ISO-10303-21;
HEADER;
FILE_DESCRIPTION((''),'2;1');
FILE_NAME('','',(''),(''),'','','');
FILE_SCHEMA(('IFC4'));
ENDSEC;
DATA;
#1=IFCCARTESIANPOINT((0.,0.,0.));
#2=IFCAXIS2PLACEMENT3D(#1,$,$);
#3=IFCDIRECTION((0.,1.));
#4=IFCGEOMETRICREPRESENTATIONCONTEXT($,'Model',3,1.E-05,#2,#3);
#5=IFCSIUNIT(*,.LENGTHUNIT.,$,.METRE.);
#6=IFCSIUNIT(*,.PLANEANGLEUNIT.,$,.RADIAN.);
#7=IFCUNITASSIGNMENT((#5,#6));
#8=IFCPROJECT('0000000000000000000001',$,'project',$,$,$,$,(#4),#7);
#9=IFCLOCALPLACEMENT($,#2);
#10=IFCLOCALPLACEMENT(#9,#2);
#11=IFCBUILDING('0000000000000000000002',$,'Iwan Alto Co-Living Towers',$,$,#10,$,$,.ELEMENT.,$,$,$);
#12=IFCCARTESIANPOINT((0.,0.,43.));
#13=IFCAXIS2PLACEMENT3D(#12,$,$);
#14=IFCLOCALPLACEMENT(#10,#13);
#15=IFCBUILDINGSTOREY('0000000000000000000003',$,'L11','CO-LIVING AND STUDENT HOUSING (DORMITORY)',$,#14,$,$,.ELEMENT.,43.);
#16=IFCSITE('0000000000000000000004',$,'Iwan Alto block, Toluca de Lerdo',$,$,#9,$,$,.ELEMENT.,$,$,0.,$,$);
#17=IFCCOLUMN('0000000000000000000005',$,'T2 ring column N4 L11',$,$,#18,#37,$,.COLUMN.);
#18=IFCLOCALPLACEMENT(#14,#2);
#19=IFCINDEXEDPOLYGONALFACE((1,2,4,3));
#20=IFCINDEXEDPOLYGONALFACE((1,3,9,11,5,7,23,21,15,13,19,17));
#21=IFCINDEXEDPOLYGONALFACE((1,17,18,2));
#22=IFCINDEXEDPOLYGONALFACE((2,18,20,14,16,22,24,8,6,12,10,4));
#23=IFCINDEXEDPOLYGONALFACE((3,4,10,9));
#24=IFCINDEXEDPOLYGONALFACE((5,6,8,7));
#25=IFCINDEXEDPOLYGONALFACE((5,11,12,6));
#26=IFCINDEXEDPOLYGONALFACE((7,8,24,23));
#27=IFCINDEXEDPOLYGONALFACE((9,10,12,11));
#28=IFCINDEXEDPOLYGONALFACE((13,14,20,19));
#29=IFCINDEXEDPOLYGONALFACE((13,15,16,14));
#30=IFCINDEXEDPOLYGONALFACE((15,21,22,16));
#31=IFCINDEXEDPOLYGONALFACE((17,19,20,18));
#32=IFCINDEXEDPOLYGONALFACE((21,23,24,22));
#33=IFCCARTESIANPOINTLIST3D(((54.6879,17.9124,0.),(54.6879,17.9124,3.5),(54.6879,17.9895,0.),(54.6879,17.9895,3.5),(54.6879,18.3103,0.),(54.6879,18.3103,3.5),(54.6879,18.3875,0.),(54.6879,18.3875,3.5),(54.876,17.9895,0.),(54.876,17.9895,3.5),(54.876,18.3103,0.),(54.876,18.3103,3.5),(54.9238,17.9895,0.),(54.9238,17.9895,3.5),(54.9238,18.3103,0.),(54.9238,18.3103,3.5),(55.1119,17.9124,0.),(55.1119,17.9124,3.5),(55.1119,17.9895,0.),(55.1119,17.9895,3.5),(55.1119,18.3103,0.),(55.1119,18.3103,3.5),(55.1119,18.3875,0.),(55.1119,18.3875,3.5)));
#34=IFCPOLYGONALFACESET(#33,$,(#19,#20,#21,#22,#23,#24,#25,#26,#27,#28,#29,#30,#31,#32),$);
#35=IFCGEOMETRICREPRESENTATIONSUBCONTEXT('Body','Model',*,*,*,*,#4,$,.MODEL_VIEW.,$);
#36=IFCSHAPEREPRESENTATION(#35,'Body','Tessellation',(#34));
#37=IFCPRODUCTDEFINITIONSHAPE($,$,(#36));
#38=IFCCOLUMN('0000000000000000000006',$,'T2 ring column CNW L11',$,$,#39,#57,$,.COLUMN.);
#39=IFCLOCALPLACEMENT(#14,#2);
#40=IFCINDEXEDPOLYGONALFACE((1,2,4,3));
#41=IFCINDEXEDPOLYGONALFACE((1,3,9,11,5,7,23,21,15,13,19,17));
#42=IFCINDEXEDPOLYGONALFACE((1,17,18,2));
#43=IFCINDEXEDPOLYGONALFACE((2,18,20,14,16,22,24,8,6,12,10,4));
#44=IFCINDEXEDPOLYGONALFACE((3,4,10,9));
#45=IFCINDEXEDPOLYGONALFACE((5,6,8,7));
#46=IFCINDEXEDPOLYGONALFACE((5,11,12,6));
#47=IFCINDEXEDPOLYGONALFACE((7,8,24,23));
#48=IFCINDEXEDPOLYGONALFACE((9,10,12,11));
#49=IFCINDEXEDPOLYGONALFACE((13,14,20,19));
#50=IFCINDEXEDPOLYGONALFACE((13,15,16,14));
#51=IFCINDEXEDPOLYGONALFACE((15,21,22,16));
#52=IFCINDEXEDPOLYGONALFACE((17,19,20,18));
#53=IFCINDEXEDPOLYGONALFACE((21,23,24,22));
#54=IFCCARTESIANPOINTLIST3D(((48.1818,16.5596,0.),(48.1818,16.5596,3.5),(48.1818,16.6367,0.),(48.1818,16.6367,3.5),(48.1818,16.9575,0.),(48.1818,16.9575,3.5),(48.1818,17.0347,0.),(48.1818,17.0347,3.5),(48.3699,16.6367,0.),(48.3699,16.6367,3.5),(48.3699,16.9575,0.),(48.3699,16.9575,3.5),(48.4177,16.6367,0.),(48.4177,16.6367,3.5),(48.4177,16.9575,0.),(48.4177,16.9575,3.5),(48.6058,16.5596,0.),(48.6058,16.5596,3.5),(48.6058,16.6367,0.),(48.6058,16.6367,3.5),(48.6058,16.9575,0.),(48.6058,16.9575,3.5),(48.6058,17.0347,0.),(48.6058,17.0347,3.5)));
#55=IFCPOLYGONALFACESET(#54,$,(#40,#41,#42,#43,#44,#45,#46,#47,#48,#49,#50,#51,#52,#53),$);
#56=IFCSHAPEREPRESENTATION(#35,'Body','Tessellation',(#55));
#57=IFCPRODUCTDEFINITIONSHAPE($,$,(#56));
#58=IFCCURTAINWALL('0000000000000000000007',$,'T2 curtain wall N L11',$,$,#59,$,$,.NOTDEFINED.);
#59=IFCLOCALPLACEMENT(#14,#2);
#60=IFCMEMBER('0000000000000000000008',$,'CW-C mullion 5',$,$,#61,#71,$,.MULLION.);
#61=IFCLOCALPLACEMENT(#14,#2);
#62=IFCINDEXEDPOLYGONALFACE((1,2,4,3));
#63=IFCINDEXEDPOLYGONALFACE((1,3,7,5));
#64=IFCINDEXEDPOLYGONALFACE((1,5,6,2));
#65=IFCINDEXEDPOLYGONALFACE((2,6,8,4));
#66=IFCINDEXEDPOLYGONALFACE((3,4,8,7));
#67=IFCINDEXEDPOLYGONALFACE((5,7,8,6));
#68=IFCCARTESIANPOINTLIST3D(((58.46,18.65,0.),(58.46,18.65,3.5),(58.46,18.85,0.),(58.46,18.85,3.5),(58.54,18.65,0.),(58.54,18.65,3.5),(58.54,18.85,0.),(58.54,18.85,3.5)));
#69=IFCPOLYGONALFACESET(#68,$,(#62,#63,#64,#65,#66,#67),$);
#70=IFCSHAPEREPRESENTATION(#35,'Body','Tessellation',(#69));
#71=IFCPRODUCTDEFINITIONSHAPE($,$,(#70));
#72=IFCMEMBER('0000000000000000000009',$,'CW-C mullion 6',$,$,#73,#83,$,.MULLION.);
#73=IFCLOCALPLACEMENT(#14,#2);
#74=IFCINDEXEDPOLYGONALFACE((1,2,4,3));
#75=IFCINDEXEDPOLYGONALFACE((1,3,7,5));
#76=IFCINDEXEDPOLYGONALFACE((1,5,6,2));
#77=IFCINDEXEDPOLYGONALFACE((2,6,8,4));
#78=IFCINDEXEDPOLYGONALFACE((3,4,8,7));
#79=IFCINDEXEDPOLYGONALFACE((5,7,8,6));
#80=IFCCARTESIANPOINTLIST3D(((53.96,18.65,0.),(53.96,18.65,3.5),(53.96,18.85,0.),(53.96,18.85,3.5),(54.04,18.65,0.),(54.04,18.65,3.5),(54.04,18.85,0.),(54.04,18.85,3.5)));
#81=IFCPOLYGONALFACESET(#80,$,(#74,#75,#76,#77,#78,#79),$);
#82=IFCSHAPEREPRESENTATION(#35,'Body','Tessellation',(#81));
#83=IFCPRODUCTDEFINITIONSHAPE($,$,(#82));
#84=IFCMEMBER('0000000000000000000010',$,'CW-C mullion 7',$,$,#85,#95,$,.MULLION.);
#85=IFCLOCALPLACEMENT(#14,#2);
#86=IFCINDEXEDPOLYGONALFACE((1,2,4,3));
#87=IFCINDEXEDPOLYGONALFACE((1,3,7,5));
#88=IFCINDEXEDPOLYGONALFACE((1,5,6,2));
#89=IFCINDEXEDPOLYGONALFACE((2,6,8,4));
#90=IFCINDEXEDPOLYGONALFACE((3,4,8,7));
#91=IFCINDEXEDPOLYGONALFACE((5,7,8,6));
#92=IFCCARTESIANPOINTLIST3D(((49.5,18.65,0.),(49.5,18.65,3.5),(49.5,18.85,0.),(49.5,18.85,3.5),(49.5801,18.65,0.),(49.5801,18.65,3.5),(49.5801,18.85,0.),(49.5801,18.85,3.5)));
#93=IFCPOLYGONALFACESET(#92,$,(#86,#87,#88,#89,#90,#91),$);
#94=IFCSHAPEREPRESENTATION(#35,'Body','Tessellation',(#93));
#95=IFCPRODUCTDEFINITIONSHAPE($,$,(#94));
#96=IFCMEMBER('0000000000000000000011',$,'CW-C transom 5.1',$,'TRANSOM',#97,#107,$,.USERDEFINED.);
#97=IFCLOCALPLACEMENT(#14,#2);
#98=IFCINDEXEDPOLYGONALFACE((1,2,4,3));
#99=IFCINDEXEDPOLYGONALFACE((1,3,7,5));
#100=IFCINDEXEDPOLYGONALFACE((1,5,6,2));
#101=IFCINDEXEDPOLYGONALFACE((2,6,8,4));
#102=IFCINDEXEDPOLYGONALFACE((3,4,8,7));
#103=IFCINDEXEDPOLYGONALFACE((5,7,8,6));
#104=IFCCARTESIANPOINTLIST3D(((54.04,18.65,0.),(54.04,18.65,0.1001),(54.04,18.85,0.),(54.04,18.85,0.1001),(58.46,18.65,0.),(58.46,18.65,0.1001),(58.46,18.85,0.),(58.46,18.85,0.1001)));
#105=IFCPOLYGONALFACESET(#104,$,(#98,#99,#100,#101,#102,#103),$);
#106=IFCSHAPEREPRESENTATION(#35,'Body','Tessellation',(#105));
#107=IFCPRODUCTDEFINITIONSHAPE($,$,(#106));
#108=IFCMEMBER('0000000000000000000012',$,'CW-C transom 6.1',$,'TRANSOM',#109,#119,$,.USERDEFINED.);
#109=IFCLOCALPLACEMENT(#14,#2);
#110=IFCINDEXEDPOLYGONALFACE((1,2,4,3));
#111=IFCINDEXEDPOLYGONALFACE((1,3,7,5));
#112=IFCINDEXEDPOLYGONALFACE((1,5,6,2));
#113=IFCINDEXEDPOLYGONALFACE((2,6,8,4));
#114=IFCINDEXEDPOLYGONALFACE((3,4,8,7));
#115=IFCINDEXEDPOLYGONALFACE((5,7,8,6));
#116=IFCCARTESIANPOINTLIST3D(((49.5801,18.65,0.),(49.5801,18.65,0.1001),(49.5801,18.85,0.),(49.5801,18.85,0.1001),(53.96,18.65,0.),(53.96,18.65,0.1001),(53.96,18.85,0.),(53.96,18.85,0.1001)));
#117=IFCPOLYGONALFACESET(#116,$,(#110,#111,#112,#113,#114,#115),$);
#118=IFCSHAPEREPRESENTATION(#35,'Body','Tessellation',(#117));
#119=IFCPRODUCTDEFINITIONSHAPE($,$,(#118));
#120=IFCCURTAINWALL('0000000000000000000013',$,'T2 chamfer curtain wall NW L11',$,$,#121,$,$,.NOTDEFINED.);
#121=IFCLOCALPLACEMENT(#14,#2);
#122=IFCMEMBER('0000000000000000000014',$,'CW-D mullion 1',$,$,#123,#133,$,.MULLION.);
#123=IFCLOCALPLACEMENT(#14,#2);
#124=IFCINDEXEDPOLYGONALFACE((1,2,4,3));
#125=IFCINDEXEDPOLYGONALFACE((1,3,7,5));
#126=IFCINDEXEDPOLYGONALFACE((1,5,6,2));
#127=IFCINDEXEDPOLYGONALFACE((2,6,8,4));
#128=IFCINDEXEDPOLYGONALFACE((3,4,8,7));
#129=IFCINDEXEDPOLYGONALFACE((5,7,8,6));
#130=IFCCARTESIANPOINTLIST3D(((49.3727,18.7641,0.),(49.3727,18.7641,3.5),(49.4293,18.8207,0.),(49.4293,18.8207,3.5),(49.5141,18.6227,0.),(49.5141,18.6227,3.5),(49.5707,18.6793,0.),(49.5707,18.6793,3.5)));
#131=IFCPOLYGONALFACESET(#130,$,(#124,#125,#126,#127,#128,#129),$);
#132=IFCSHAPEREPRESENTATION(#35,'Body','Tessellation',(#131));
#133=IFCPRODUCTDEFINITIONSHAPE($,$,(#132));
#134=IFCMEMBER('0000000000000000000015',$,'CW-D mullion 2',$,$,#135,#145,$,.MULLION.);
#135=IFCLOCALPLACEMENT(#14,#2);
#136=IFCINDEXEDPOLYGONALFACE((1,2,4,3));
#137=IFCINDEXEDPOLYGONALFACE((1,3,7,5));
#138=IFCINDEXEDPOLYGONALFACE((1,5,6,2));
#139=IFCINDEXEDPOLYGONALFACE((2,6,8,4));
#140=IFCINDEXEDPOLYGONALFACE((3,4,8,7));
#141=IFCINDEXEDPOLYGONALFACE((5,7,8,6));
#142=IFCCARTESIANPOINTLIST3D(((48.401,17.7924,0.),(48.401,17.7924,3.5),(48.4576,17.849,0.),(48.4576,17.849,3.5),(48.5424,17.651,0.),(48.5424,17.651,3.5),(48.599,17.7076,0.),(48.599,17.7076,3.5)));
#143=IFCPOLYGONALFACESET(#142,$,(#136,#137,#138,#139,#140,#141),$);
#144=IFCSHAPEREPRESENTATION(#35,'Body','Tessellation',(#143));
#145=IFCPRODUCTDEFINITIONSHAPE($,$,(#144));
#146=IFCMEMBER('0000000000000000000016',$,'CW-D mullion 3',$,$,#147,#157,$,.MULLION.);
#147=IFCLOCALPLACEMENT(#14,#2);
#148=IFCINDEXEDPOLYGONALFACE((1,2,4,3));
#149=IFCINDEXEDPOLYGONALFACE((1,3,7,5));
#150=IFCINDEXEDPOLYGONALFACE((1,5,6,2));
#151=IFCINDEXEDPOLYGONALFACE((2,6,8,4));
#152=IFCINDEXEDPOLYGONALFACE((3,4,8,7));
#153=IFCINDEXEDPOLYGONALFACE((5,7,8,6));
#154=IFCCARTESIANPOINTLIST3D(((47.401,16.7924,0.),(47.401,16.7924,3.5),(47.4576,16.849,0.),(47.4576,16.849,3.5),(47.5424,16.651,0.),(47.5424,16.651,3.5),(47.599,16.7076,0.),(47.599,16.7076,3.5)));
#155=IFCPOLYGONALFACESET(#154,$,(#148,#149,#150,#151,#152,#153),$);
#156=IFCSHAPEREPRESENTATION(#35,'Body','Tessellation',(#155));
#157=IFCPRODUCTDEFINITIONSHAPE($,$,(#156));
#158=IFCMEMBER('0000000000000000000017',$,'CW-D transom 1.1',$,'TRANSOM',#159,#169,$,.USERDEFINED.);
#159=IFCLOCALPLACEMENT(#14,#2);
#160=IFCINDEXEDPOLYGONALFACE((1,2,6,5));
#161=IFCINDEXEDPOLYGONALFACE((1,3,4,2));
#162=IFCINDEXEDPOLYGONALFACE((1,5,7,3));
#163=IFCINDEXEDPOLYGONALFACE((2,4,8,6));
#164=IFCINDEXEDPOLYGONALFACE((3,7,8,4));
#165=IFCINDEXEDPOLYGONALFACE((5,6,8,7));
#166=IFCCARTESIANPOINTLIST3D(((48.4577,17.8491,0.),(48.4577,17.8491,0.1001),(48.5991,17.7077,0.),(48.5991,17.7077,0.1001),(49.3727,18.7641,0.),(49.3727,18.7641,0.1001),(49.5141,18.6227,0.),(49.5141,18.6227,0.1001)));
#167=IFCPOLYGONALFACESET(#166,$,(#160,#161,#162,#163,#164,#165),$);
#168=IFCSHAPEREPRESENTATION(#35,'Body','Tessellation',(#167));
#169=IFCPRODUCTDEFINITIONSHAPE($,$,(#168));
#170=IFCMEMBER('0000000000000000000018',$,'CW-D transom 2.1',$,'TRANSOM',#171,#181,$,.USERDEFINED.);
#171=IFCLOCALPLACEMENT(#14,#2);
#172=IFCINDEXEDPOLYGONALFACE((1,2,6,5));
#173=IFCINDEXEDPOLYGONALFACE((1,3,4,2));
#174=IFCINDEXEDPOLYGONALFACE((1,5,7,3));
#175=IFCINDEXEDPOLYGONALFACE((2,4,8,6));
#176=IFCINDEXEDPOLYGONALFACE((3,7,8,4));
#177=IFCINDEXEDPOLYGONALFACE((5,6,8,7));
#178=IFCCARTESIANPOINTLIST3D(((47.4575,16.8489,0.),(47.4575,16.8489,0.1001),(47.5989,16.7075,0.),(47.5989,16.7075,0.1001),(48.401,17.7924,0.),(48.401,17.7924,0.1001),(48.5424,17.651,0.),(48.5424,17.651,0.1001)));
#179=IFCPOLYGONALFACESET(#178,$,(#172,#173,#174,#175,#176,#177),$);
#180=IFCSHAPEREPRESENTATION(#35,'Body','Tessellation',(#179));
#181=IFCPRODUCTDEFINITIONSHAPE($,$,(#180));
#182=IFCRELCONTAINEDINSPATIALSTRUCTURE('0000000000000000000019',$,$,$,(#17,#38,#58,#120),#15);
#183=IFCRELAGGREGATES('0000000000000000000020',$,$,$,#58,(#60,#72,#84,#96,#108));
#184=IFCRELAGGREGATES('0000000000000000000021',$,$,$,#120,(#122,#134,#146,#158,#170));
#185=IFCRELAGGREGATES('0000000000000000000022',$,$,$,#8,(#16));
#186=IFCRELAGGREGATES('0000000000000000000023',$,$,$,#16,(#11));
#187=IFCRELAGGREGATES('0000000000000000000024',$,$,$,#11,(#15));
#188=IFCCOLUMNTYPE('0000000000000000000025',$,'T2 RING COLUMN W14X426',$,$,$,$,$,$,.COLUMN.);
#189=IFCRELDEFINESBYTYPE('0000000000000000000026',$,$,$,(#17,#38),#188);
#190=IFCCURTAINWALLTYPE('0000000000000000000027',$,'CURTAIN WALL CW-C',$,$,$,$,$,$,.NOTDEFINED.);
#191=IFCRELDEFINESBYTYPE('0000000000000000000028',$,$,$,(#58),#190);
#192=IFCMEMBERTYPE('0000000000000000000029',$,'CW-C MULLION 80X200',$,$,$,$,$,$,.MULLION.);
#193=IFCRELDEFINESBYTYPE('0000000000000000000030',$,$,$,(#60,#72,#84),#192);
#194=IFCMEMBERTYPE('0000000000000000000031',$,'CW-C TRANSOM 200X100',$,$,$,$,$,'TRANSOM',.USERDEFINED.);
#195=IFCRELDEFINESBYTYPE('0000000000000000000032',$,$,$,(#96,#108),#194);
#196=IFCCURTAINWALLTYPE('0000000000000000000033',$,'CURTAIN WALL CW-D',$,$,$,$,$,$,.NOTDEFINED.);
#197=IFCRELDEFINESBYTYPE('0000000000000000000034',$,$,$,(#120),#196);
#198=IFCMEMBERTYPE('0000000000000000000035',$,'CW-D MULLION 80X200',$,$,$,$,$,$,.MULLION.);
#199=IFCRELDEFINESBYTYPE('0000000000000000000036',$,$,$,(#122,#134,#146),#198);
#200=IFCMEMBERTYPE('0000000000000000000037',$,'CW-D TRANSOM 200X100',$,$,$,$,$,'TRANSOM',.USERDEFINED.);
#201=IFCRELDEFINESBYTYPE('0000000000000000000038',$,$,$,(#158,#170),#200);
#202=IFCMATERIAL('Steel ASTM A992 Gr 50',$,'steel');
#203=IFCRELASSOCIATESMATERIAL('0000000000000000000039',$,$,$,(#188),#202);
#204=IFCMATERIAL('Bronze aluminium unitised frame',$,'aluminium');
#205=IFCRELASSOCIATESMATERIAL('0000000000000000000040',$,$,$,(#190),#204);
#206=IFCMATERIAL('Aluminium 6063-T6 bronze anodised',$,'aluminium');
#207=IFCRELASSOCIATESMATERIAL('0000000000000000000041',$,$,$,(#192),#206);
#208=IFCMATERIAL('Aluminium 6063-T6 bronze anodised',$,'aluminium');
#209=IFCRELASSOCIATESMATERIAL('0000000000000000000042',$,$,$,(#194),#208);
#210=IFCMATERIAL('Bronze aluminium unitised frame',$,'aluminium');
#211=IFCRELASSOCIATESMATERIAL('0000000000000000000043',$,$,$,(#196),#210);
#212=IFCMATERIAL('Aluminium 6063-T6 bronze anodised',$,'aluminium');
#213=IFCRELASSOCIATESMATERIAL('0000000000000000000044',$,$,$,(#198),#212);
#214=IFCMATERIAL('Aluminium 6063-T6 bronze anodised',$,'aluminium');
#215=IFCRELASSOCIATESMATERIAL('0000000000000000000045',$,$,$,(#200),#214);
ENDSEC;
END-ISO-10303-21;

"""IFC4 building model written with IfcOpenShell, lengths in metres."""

from ifc_helpers import new_model, si_unit, direction, frame, origin, origin_2d, place, context, subcontext, project, spatial, rectangle, i_section, extrude, material, material_profile, profile_set, type_object, element, aggregate, save


model = new_model("IFC4")

# Units and contexts
model_context = context("Model", 3, precision=1e-05, world=origin(), true_north=direction((0.0, 1.0)))
body_context = subcontext(model_context, "Body", "Model", "MODEL_VIEW")
ifc_project = project(units=[si_unit("LENGTHUNIT", "METRE"), si_unit("PLANEANGLEUNIT", "RADIAN")], contexts=[model_context])

# Site, building, storey
site_placement = place(None, origin())
site = spatial("IfcSite", under=ifc_project, at=site_placement, Name="Iwan Alto block, Toluca de Lerdo", CompositionType="ELEMENT", RefElevation=0.0)
building_placement = place(site_placement, origin())
building = spatial("IfcBuilding", under=site, at=building_placement, Name="Iwan Alto Co-Living Towers", CompositionType="ELEMENT")
storey_placement = place(building_placement, frame((0.0, 0.0, 43.0)))
storey = spatial("IfcBuildingStorey", under=building, at=storey_placement, Name="L11", Description="CO-LIVING AND STUDENT HOUSING (DORMITORY)", CompositionType="ELEMENT", Elevation=43.0)

# Columns
ifc_material_1 = material(Name="Steel ASTM A992 Gr 50", Category="steel")
ifc_material_profile_1 = material_profile(ifc_material_1, i_section(OverallWidth=0.4241, OverallDepth=0.4751, WebThickness=0.0479, FlangeThickness=0.0771, at=origin_2d()), Name="W14X426")
ifc_profile_set_1 = profile_set([ifc_material_profile_1], Name="Steel ASTM A992 Gr 50")
column_type = type_object("IfcColumnType", Name="T2 RING COLUMN W14X426", PredefinedType="COLUMN", material=ifc_profile_set_1)
for number, where, z_axis, x_axis, name in (
    (1, (54.8999, 18.1499, 0.0), (0.0, 0.0, 1.0), (1.0, 0.0, 0.0), "T2 ring column N4 L11"),
    (2, (48.3938, 16.7971, 0.0), (0.0, 0.0, 1.0), (1.0, 0.0, 0.0), "T2 ring column CNW L11"),
):
    element("IfcColumn", number, at=place(storey_placement, frame(where, z_axis=z_axis, x_axis=x_axis)), inside=storey, type_object=column_type, Name=name, PredefinedType="COLUMN", context=body_context, shape_type="SweptSolid", body=[
        extrude(i_section(OverallWidth=0.4241, OverallDepth=0.4751, WebThickness=0.0479, FlangeThickness=0.0771, at=origin_2d()), origin(), (0.0, 0.0, 1.0), 3.5),
    ])

# Curtain walls, members
ifc_material_2 = material(Name="Bronze aluminium unitised frame", Category="aluminium")
curtain_wall_type_1 = type_object("IfcCurtainWallType", Name="CURTAIN WALL CW-C", PredefinedType="NOTDEFINED", material=ifc_material_2)
curtain_wall_1_placement = place(storey_placement, origin())
curtain_wall_1 = element("IfcCurtainWall", 3, at=curtain_wall_1_placement, inside=storey, type_object=curtain_wall_type_1, Name="T2 curtain wall N L11", PredefinedType="NOTDEFINED")
ifc_material_3 = material(Name="Aluminium 6063-T6 bronze anodised", Category="aluminium")
ifc_material_profile_2 = material_profile(ifc_material_3, rectangle(XDim=0.2, YDim=0.0801, at=origin_2d()), Name="AL 80X200")
ifc_profile_set_2 = profile_set([ifc_material_profile_2], Name="Aluminium 6063-T6 bronze anodised")
member_type_1 = type_object("IfcMemberType", Name="CW-C MULLION 80X200", PredefinedType="MULLION", material=ifc_profile_set_2)
member_1_placement = place(storey_placement, frame((58.5, 18.75, 0.0), z_axis=(0.0, 0.0, 1.0), x_axis=(0.0, -1.0, 0.0)))
member_1 = element("IfcMember", 4, at=member_1_placement, type_object=member_type_1, Name="CW-C mullion 5", PredefinedType="MULLION", context=body_context, shape_type="SweptSolid", body=[
    extrude(rectangle(XDim=0.2, YDim=0.0801, at=origin_2d()), origin(), (0.0, 0.0, 1.0), 3.5),
])
member_2_placement = place(storey_placement, frame((54.0, 18.75, 0.0), z_axis=(0.0, 0.0, 1.0), x_axis=(0.0, -1.0, 0.0)))
member_2 = element("IfcMember", 5, at=member_2_placement, type_object=member_type_1, Name="CW-C mullion 6", PredefinedType="MULLION", context=body_context, shape_type="SweptSolid", body=[
    extrude(rectangle(XDim=0.2, YDim=0.0801, at=origin_2d()), origin(), (0.0, 0.0, 1.0), 3.5),
])
member_3_placement = place(storey_placement, frame((49.54, 18.75, 0.0), z_axis=(0.0, 0.0, 1.0), x_axis=(0.0, -1.0, 0.0)))
member_3 = element("IfcMember", 6, at=member_3_placement, type_object=member_type_1, Name="CW-C mullion 7", PredefinedType="MULLION", context=body_context, shape_type="SweptSolid", body=[
    extrude(rectangle(XDim=0.2, YDim=0.0801, at=origin_2d()), origin(), (0.0, 0.0, 1.0), 3.5),
])
ifc_material_4 = material(Name="Aluminium 6063-T6 bronze anodised", Category="aluminium")
ifc_material_profile_3 = material_profile(ifc_material_4, rectangle(XDim=0.2, YDim=0.1001, at=origin_2d()), Name="AL 200X100")
ifc_profile_set_3 = profile_set([ifc_material_profile_3], Name="Aluminium 6063-T6 bronze anodised")
member_type_2 = type_object("IfcMemberType", Name="CW-C TRANSOM 200X100", ElementType="TRANSOM", PredefinedType="USERDEFINED", material=ifc_profile_set_3)
member_4_placement = place(storey_placement, frame((58.46, 18.75, 0.05), z_axis=(-1.0, 0.0, 0.0), x_axis=(0.0, -1.0, 0.0)))
member_4 = element("IfcMember", 7, at=member_4_placement, type_object=member_type_2, Name="CW-C transom 5.1", ObjectType="TRANSOM", PredefinedType="USERDEFINED", context=body_context, shape_type="SweptSolid", body=[
    extrude(rectangle(XDim=0.2, YDim=0.1001, at=origin_2d()), origin(), (0.0, 0.0, 1.0), 4.4199),
])
member_5_placement = place(storey_placement, frame((53.96, 18.75, 0.05), z_axis=(-1.0, 0.0, 0.0), x_axis=(0.0, -1.0, 0.0)))
member_5 = element("IfcMember", 8, at=member_5_placement, type_object=member_type_2, Name="CW-C transom 6.1", ObjectType="TRANSOM", PredefinedType="USERDEFINED", context=body_context, shape_type="SweptSolid", body=[
    extrude(rectangle(XDim=0.2, YDim=0.1001, at=origin_2d()), origin(), (0.0, 0.0, 1.0), 4.3799),
])
ifc_material_5 = material(Name="Bronze aluminium unitised frame", Category="aluminium")
curtain_wall_type_2 = type_object("IfcCurtainWallType", Name="CURTAIN WALL CW-D", PredefinedType="NOTDEFINED", material=ifc_material_5)
curtain_wall_2_placement = place(storey_placement, origin())
curtain_wall_2 = element("IfcCurtainWall", 9, at=curtain_wall_2_placement, inside=storey, type_object=curtain_wall_type_2, Name="T2 chamfer curtain wall NW L11", PredefinedType="NOTDEFINED")
ifc_material_6 = material(Name="Aluminium 6063-T6 bronze anodised", Category="aluminium")
ifc_material_profile_4 = material_profile(ifc_material_6, rectangle(XDim=0.2, YDim=0.0801, at=origin_2d()), Name="AL 80X200")
ifc_profile_set_4 = profile_set([ifc_material_profile_4], Name="Aluminium 6063-T6 bronze anodised")
member_type_3 = type_object("IfcMemberType", Name="CW-D MULLION 80X200", PredefinedType="MULLION", material=ifc_profile_set_4)
member_6_placement = place(storey_placement, frame((49.4717, 18.7217, 0.0), z_axis=(0.0, 0.0, 1.0), x_axis=(0.707107, -0.707107, 0.0)))
member_6 = element("IfcMember", 10, at=member_6_placement, type_object=member_type_3, Name="CW-D mullion 1", PredefinedType="MULLION", context=body_context, shape_type="SweptSolid", body=[
    extrude(rectangle(XDim=0.2, YDim=0.0801, at=origin_2d()), origin(), (0.0, 0.0, 1.0), 3.5),
])
member_7_placement = place(storey_placement, frame((48.5, 17.75, 0.0), z_axis=(0.0, 0.0, 1.0), x_axis=(0.707107, -0.707107, 0.0)))
member_7 = element("IfcMember", 11, at=member_7_placement, type_object=member_type_3, Name="CW-D mullion 2", PredefinedType="MULLION", context=body_context, shape_type="SweptSolid", body=[
    extrude(rectangle(XDim=0.2, YDim=0.0801, at=origin_2d()), origin(), (0.0, 0.0, 1.0), 3.5),
])
member_8_placement = place(storey_placement, frame((47.5, 16.75, 0.0), z_axis=(0.0, 0.0, 1.0), x_axis=(0.707107, -0.707107, 0.0)))
member_8 = element("IfcMember", 12, at=member_8_placement, type_object=member_type_3, Name="CW-D mullion 3", PredefinedType="MULLION", context=body_context, shape_type="SweptSolid", body=[
    extrude(rectangle(XDim=0.2, YDim=0.0801, at=origin_2d()), origin(), (0.0, 0.0, 1.0), 3.5),
])
ifc_material_7 = material(Name="Aluminium 6063-T6 bronze anodised", Category="aluminium")
ifc_material_profile_5 = material_profile(ifc_material_7, rectangle(XDim=0.2, YDim=0.1001, at=origin_2d()), Name="AL 200X100")
ifc_profile_set_5 = profile_set([ifc_material_profile_5], Name="Aluminium 6063-T6 bronze anodised")
member_type_4 = type_object("IfcMemberType", Name="CW-D TRANSOM 200X100", ElementType="TRANSOM", PredefinedType="USERDEFINED", material=ifc_profile_set_5)
member_9_placement = place(storey_placement, frame((49.4434, 18.6934, 0.05), z_axis=(-0.707107, -0.707107, 0.0), x_axis=(0.707107, -0.707107, 0.0)))
member_9 = element("IfcMember", 13, at=member_9_placement, type_object=member_type_4, Name="CW-D transom 1.1", ObjectType="TRANSOM", PredefinedType="USERDEFINED", context=body_context, shape_type="SweptSolid", body=[
    extrude(rectangle(XDim=0.2, YDim=0.1001, at=origin_2d()), origin(), (0.0, 0.0, 1.0), 1.2939),
])
member_10_placement = place(storey_placement, frame((48.4717, 17.7217, 0.05), z_axis=(-0.707107, -0.707107, 0.0), x_axis=(0.707107, -0.707107, 0.0)))
member_10 = element("IfcMember", 14, at=member_10_placement, type_object=member_type_4, Name="CW-D transom 2.1", ObjectType="TRANSOM", PredefinedType="USERDEFINED", context=body_context, shape_type="SweptSolid", body=[
    extrude(rectangle(XDim=0.2, YDim=0.1001, at=origin_2d()), origin(), (0.0, 0.0, 1.0), 1.3342),
])

aggregate(curtain_wall_1, [member_1, member_2, member_3, member_4, member_5])
aggregate(curtain_wall_2, [member_6, member_7, member_8, member_9, member_10])

save(model, "model.ifc")
